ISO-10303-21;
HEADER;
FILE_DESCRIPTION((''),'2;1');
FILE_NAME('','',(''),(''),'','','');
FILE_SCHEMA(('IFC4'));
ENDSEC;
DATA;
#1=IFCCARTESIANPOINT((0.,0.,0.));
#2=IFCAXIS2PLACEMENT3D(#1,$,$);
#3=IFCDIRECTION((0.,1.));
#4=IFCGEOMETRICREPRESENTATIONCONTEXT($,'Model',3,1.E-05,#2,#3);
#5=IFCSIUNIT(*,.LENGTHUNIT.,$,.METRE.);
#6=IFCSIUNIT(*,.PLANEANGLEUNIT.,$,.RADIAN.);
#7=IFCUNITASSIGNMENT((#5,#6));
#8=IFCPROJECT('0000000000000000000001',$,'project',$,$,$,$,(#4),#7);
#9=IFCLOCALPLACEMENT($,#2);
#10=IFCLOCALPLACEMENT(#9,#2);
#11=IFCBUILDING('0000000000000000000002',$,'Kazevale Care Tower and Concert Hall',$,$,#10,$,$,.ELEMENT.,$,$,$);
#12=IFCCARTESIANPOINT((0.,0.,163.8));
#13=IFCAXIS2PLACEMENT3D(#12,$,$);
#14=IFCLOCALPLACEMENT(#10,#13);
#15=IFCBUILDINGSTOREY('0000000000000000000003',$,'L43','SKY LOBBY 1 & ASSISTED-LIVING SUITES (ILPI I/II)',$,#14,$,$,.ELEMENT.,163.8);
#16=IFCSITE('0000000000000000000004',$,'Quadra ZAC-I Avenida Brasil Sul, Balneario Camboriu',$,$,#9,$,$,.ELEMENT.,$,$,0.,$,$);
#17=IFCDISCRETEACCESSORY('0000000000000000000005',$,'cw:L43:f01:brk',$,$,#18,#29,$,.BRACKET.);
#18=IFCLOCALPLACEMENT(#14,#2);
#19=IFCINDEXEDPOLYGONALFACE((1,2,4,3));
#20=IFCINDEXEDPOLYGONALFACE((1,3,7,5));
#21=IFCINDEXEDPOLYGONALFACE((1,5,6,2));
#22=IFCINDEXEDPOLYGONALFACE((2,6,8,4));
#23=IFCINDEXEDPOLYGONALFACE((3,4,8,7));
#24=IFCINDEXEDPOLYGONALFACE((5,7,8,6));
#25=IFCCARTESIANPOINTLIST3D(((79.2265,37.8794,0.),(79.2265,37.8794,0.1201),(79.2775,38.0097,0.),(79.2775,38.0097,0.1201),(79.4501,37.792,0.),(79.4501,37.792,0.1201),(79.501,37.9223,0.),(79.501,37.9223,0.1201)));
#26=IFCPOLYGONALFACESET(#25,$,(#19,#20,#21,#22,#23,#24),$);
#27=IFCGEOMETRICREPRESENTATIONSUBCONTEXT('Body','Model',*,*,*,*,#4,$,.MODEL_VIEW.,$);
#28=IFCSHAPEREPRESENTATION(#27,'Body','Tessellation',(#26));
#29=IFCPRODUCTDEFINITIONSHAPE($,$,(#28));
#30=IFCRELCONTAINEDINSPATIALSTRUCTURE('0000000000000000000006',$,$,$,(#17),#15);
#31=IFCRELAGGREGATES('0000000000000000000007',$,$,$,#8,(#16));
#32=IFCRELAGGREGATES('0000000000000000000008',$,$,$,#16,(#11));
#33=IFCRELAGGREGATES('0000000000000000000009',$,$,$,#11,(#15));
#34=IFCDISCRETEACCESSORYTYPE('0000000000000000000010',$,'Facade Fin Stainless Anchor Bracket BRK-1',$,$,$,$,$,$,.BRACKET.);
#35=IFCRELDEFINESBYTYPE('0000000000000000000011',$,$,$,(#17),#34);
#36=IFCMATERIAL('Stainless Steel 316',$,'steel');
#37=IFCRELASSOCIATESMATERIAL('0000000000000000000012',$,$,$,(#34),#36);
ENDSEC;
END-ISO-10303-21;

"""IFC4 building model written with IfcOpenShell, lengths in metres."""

from ifc_helpers import new_model, si_unit, direction, frame, origin, origin_2d, place, context, subcontext, project, spatial, rectangle, extrude, material, type_object, element, save


model = new_model("IFC4")

# Units and contexts
model_context = context("Model", 3, precision=1e-05, world=origin(), true_north=direction((0.0, 1.0)))
body_context = subcontext(model_context, "Body", "Model", "MODEL_VIEW")
ifc_project = project(units=[si_unit("LENGTHUNIT", "METRE"), si_unit("PLANEANGLEUNIT", "RADIAN")], contexts=[model_context])

# Site, building, storey
site_placement = place(None, origin())
site = spatial("IfcSite", under=ifc_project, at=site_placement, Name="Quadra ZAC-I Avenida Brasil Sul, Balneario Camboriu", CompositionType="ELEMENT", RefElevation=0.0)
building_placement = place(site_placement, origin())
building = spatial("IfcBuilding", under=site, at=building_placement, Name="Kazevale Care Tower and Concert Hall", CompositionType="ELEMENT")
storey_placement = place(building_placement, frame((0.0, 0.0, 163.8)))
storey = spatial("IfcBuildingStorey", under=building, at=storey_placement, Name="L43", Description="SKY LOBBY 1 & ASSISTED-LIVING SUITES (ILPI I/II)", CompositionType="ELEMENT", Elevation=163.8)

# Discrete accessory
ifc_material_1 = material(Name="Stainless Steel 316", Category="steel")
discrete_accessory_type = type_object("IfcDiscreteAccessoryType", Name="Facade Fin Stainless Anchor Bracket BRK-1", PredefinedType="BRACKET", material=ifc_material_1)
discrete_accessory_placement = place(storey_placement, frame((79.3638, 37.9009, 0.0), z_axis=(0.0, 0.0, 1.0), x_axis=(0.931374, -0.364064, 0.0)))
element("IfcDiscreteAccessory", 1, at=discrete_accessory_placement, inside=storey, type_object=discrete_accessory_type, Name="cw:L43:f01:brk", PredefinedType="BRACKET", context=body_context, shape_type="SweptSolid", body=[
    extrude(rectangle(XDim=0.24, YDim=0.1399, at=origin_2d()), origin(), (0.0, 0.0, 1.0), 0.1201),
])

save(model, "model.ifc")
